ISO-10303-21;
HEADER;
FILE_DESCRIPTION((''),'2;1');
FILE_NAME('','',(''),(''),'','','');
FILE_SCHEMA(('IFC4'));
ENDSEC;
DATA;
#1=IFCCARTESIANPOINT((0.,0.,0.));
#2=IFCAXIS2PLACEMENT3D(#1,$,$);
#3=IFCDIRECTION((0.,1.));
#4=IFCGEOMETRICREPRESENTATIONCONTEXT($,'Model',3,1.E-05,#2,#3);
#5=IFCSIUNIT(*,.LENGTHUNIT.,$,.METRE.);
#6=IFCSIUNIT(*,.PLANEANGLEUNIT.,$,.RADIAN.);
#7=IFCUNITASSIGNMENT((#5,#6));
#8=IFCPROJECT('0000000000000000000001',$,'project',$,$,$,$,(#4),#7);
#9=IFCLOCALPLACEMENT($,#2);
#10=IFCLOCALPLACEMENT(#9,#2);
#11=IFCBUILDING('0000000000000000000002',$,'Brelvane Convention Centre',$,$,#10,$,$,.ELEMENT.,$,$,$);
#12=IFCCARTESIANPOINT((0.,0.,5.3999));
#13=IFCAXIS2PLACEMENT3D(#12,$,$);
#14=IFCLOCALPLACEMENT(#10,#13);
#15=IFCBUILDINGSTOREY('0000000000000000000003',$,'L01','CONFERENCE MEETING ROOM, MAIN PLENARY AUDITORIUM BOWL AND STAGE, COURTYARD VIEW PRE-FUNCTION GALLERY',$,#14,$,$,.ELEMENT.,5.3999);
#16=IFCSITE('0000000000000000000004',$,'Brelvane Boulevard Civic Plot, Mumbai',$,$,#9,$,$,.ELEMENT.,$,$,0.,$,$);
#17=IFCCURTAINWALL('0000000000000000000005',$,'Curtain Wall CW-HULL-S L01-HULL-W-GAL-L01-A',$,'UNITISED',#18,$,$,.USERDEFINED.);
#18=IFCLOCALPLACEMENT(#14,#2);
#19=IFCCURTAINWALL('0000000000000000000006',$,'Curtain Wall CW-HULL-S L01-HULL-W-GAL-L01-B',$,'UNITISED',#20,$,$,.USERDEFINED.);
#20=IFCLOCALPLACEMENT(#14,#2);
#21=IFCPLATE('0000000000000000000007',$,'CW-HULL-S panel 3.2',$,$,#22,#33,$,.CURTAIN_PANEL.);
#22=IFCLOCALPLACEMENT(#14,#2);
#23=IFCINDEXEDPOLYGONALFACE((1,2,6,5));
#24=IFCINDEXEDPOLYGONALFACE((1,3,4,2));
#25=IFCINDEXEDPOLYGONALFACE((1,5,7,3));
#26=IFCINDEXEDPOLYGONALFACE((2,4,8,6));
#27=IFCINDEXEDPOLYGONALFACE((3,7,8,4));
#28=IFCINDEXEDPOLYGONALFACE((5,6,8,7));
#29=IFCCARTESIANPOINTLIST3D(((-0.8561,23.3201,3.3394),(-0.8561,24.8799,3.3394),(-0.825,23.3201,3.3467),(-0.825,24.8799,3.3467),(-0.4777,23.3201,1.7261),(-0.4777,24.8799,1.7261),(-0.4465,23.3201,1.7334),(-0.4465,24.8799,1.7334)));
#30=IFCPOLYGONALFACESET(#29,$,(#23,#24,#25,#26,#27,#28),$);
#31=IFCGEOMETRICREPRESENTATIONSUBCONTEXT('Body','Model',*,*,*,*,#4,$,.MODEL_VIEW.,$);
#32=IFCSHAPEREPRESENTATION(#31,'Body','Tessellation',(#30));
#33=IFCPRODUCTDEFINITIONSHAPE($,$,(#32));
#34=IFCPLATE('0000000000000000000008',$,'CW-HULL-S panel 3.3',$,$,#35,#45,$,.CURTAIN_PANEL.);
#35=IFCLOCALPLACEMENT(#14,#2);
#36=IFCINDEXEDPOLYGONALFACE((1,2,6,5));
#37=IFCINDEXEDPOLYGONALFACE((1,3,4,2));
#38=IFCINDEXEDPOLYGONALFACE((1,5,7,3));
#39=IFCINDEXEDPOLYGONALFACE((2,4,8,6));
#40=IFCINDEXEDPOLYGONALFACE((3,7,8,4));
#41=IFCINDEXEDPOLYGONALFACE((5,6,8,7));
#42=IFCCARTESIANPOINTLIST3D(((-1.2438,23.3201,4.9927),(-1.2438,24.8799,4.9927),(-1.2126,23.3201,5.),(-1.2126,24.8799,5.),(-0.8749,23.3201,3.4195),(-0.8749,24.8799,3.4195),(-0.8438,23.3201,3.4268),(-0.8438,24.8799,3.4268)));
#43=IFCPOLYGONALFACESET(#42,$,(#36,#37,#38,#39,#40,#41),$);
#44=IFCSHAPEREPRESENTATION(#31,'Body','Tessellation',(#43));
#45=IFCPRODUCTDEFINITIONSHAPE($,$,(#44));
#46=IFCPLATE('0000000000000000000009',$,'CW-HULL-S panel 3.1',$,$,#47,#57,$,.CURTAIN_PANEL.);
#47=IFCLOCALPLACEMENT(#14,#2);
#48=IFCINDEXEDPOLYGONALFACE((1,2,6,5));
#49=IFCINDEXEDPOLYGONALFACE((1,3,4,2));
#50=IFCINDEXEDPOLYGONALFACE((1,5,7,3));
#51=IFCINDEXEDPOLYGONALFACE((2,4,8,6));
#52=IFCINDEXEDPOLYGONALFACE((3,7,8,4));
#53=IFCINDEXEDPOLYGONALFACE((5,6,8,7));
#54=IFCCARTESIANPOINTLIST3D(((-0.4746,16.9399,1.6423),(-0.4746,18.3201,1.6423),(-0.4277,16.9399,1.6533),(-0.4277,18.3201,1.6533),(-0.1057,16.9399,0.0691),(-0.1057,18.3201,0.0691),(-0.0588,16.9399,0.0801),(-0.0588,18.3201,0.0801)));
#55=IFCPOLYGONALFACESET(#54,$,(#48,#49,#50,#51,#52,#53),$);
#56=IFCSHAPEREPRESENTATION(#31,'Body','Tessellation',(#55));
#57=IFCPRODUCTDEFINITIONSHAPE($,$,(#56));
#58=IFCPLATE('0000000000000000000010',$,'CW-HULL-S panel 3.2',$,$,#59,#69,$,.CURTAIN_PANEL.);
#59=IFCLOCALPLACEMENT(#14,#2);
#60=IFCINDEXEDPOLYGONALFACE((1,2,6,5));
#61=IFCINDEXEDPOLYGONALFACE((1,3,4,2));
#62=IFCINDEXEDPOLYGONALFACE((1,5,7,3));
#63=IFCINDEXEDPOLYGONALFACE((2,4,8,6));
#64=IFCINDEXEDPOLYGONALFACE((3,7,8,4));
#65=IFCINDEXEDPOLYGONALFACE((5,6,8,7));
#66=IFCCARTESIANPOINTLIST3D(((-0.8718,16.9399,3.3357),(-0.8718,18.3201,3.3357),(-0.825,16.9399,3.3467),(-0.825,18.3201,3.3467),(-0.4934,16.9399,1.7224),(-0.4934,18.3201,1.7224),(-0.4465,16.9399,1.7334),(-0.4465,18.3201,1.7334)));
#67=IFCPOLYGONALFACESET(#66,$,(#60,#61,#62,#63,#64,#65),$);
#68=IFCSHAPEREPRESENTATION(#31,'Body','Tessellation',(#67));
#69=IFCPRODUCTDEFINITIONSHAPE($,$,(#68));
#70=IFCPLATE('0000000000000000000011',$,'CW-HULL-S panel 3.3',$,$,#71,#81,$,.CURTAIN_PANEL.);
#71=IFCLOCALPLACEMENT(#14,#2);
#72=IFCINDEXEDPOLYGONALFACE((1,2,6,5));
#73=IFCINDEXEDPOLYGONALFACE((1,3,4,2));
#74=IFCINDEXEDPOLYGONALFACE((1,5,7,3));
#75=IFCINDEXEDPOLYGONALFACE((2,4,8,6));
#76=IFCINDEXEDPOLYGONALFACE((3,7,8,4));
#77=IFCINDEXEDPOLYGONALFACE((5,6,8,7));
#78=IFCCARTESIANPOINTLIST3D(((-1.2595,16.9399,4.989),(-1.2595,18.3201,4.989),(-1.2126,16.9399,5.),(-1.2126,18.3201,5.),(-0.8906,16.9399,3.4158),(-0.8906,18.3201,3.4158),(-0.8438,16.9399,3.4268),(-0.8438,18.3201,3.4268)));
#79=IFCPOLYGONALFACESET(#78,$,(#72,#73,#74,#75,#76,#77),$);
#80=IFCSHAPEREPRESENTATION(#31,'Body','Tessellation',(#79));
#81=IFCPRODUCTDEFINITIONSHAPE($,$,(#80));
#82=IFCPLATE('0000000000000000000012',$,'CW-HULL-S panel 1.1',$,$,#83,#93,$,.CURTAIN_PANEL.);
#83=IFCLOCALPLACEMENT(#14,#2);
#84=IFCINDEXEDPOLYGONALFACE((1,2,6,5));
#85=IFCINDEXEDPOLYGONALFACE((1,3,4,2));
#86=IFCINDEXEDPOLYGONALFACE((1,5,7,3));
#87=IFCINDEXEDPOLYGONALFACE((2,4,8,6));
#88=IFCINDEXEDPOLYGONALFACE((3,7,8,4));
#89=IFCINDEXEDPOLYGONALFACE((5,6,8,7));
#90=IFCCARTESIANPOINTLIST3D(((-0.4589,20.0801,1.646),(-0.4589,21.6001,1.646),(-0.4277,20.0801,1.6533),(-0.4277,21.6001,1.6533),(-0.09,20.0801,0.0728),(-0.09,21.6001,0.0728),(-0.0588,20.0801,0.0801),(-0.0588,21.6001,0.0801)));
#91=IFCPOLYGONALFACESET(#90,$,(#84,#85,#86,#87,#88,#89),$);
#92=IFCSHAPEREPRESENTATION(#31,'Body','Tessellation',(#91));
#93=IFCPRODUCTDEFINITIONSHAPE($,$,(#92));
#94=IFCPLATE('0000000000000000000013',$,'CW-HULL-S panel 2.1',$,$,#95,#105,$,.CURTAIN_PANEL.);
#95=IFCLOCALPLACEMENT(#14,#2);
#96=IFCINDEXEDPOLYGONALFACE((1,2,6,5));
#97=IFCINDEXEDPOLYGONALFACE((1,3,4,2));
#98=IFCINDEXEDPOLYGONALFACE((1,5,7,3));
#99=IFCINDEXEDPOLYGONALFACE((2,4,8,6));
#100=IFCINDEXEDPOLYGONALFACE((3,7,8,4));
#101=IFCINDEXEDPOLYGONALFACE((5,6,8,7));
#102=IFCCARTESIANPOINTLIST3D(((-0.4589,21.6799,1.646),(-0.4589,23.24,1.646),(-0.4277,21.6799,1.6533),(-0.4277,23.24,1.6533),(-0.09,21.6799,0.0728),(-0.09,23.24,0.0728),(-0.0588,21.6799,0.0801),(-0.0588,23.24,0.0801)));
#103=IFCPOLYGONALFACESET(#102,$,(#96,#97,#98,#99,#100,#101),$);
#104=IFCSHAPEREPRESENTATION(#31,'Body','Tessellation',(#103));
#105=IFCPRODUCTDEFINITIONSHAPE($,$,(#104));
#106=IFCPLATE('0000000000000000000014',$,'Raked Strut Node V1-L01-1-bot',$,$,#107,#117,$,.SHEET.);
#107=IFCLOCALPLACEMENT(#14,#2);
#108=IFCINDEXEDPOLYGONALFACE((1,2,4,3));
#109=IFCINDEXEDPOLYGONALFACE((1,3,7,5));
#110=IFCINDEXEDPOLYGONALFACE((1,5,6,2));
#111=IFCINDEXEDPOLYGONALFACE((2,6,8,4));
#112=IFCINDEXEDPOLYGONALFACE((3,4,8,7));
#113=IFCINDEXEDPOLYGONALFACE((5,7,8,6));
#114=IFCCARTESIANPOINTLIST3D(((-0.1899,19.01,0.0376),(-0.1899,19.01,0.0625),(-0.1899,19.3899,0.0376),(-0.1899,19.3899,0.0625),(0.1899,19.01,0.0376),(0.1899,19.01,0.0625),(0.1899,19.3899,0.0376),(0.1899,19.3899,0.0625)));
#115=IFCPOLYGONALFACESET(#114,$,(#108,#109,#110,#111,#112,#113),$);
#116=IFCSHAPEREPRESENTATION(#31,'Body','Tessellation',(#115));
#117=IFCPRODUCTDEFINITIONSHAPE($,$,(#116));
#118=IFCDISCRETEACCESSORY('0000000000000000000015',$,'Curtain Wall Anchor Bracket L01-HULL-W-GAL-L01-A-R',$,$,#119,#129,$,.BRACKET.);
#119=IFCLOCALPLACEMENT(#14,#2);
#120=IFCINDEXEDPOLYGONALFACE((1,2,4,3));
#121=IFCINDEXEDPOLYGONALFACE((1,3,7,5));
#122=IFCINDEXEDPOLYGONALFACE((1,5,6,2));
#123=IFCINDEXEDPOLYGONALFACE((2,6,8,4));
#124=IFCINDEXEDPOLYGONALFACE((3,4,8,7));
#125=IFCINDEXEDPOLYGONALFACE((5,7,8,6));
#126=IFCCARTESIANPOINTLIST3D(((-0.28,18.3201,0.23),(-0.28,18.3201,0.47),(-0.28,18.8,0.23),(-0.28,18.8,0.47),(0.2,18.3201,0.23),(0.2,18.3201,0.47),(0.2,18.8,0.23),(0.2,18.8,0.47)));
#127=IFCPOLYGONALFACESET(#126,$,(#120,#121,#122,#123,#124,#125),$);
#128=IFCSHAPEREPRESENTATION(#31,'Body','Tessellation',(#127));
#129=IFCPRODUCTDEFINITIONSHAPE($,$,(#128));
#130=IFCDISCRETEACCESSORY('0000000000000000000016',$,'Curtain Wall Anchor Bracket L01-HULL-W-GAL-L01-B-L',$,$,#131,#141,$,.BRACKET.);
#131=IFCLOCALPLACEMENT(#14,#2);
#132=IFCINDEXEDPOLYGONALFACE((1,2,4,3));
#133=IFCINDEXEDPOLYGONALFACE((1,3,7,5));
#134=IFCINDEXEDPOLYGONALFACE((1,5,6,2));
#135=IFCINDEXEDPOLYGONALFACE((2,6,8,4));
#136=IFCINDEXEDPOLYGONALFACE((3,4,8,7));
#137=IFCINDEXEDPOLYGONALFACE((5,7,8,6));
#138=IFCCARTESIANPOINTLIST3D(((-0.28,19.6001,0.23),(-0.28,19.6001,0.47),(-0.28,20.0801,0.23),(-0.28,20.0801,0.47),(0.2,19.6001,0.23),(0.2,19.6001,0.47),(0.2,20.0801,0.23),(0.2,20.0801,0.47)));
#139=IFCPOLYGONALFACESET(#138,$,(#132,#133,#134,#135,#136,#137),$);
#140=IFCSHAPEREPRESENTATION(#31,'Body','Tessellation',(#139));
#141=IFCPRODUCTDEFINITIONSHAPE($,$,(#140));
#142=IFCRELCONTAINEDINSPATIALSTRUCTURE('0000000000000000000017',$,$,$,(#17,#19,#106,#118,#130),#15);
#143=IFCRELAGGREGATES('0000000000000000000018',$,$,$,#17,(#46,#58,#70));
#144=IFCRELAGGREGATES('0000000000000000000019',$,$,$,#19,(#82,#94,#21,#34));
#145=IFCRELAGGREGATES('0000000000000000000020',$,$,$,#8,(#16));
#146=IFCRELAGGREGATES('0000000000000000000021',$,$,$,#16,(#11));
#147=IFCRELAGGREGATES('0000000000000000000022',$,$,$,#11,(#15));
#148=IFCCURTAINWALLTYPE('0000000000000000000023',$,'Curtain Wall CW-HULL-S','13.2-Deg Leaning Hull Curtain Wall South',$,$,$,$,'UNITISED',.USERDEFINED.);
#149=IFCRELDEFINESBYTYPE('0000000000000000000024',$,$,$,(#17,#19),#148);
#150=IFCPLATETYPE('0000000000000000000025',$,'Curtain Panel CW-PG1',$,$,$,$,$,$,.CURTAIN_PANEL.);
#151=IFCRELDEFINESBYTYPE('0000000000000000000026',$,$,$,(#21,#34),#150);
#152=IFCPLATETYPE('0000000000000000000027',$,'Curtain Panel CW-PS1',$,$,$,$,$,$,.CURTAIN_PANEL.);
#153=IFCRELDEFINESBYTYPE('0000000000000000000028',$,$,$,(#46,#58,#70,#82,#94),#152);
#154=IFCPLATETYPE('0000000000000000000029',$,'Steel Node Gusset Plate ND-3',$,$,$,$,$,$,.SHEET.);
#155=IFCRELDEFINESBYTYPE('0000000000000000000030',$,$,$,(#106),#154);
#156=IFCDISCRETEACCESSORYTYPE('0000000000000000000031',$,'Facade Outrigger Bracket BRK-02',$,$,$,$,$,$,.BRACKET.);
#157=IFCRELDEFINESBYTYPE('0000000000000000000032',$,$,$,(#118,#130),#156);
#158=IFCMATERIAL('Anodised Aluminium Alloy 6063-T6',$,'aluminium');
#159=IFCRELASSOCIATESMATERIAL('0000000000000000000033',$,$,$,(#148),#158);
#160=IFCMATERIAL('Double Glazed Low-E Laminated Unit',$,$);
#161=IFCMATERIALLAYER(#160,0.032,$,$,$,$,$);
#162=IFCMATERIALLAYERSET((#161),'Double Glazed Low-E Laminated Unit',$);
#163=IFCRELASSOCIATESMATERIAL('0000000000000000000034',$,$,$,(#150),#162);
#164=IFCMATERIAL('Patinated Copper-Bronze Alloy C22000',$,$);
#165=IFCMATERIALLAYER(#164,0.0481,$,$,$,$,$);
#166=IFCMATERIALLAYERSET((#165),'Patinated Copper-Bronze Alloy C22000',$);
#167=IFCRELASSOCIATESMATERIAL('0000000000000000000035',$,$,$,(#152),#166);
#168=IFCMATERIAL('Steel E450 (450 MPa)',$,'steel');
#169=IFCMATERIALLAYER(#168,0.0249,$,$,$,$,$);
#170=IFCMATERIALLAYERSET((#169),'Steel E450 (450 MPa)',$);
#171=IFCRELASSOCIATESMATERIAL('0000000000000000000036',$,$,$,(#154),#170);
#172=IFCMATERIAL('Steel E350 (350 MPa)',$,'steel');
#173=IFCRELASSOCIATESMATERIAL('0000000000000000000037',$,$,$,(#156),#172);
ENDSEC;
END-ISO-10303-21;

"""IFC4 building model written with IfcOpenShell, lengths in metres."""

from ifc_helpers import new_model, si_unit, direction, frame, origin, origin_2d, place, context, subcontext, project, spatial, polyline, rectangle, outline, extrude, material, layer, layer_set, type_object, element, aggregate, save


model = new_model("IFC4")

# Units and contexts
model_context = context("Model", 3, precision=1e-05, world=origin(), true_north=direction((0.0, 1.0)))
body_context = subcontext(model_context, "Body", "Model", "MODEL_VIEW")
ifc_project = project(units=[si_unit("LENGTHUNIT", "METRE"), si_unit("PLANEANGLEUNIT", "RADIAN")], contexts=[model_context])

# Site, building, storey
site_placement = place(None, origin())
site = spatial("IfcSite", under=ifc_project, at=site_placement, Name="Brelvane Boulevard Civic Plot, Mumbai", CompositionType="ELEMENT", RefElevation=0.0)
building_placement = place(site_placement, origin())
building = spatial("IfcBuilding", under=site, at=building_placement, Name="Brelvane Convention Centre", CompositionType="ELEMENT")
storey_placement = place(building_placement, frame((0.0, 0.0, 5.3999)))
storey = spatial("IfcBuildingStorey", under=building, at=storey_placement, Name="L01", Description="CONFERENCE MEETING ROOM, MAIN PLENARY AUDITORIUM BOWL AND STAGE, COURTYARD VIEW PRE-FUNCTION GALLERY", CompositionType="ELEMENT", Elevation=5.3999)

# Curtain wall
ifc_material_1 = material(Name="Anodised Aluminium Alloy 6063-T6", Category="aluminium")
curtain_wall_type = type_object("IfcCurtainWallType", Name="Curtain Wall CW-HULL-S", Description="13.2-Deg Leaning Hull Curtain Wall South", ElementType="UNITISED", PredefinedType="USERDEFINED", material=ifc_material_1)
curtain_wall_1_placement = place(storey_placement, origin())
curtain_wall_1 = element("IfcCurtainWall", 1, at=curtain_wall_1_placement, inside=storey, type_object=curtain_wall_type, Name="Curtain Wall CW-HULL-S L01-HULL-W-GAL-L01-A", ObjectType="UNITISED", PredefinedType="USERDEFINED")

# Curtain wall
curtain_wall_2_placement = place(storey_placement, origin())
curtain_wall_2 = element("IfcCurtainWall", 2, at=curtain_wall_2_placement, inside=storey, type_object=curtain_wall_type, Name="Curtain Wall CW-HULL-S L01-HULL-W-GAL-L01-B", ObjectType="UNITISED", PredefinedType="USERDEFINED")

# Plates
ifc_material_2 = material(Name="Double Glazed Low-E Laminated Unit")
ifc_layer_1 = layer(ifc_material_2, 0.032)
ifc_layer_set_1 = layer_set([ifc_layer_1], Name="Double Glazed Low-E Laminated Unit")
plate_type_1 = type_object("IfcPlateType", Name="Curtain Panel CW-PG1", PredefinedType="CURTAIN_PANEL", material=ifc_layer_set_1)
plate_1_placement = place(storey_placement, frame((-0.4465, 23.3201, 1.7334), z_axis=(0.973575, 0.0, 0.228366), x_axis=(0.0, 1.0, 0.0)))
plate_1 = element("IfcPlate", 3, at=plate_1_placement, type_object=plate_type_1, Name="CW-HULL-S panel 3.2", PredefinedType="CURTAIN_PANEL", context=body_context, shape_type="SweptSolid", body=[
    extrude(outline(polyline([(0.0, 0.0), (1.5598, 0.0), (1.5598, 1.6571), (0.0, 1.6571), (0.0, 0.0)])), origin(), (0.0, 0.0, -1.0), 0.032),
])
plate_2_placement = place(storey_placement, frame((-0.8438, 23.3201, 3.4268), z_axis=(0.973593, 0.0, 0.22829), x_axis=(0.0, 1.0, 0.0)))
plate_2 = element("IfcPlate", 4, at=plate_2_placement, type_object=plate_type_1, Name="CW-HULL-S panel 3.3", PredefinedType="CURTAIN_PANEL", context=body_context, shape_type="SweptSolid", body=[
    extrude(outline(polyline([(0.0, 0.0), (1.5598, 0.0), (1.5598, 1.6159), (0.0, 1.6159), (0.0, 0.0)])), origin(), (0.0, 0.0, -1.0), 0.032),
])
ifc_material_3 = material(Name="Patinated Copper-Bronze Alloy C22000")
ifc_layer_2 = layer(ifc_material_3, 0.0481)
ifc_layer_set_2 = layer_set([ifc_layer_2], Name="Patinated Copper-Bronze Alloy C22000")
plate_type_2 = type_object("IfcPlateType", Name="Curtain Panel CW-PS1", PredefinedType="CURTAIN_PANEL", material=ifc_layer_set_2)
plate_3_placement = place(storey_placement, frame((-0.0588, 16.9399, 0.0801), z_axis=(0.973593, 0.0, 0.22829), x_axis=(0.0, 1.0, 0.0)))
plate_3 = element("IfcPlate", 5, at=plate_3_placement, type_object=plate_type_2, Name="CW-HULL-S panel 3.1", PredefinedType="CURTAIN_PANEL", context=body_context, shape_type="SweptSolid", body=[
    extrude(outline(polyline([(0.0, 0.0), (1.3801, 0.0), (1.3801, 1.6159), (0.0, 1.6159), (0.0, 0.0)])), origin(), (0.0, 0.0, -1.0), 0.0481),
])
plate_4_placement = place(storey_placement, frame((-0.4465, 16.9399, 1.7334), z_axis=(0.973575, 0.0, 0.228366), x_axis=(0.0, 1.0, 0.0)))
plate_4 = element("IfcPlate", 6, at=plate_4_placement, type_object=plate_type_2, Name="CW-HULL-S panel 3.2", PredefinedType="CURTAIN_PANEL", context=body_context, shape_type="SweptSolid", body=[
    extrude(outline(polyline([(0.0, 0.0), (1.3801, 0.0), (1.3801, 1.6571), (0.0, 1.6571), (0.0, 0.0)])), origin(), (0.0, 0.0, -1.0), 0.0481),
])
plate_5_placement = place(storey_placement, frame((-0.8438, 16.9399, 3.4268), z_axis=(0.973593, 0.0, 0.22829), x_axis=(0.0, 1.0, 0.0)))
plate_5 = element("IfcPlate", 7, at=plate_5_placement, type_object=plate_type_2, Name="CW-HULL-S panel 3.3", PredefinedType="CURTAIN_PANEL", context=body_context, shape_type="SweptSolid", body=[
    extrude(outline(polyline([(0.0, 0.0), (1.3801, 0.0), (1.3801, 1.6159), (0.0, 1.6159), (0.0, 0.0)])), origin(), (0.0, 0.0, -1.0), 0.0481),
])
aggregate(curtain_wall_1, [plate_3, plate_4, plate_5])
plate_6_placement = place(storey_placement, frame((-0.0588, 20.0801, 0.0801), z_axis=(0.973593, 0.0, 0.22829), x_axis=(0.0, 1.0, 0.0)))
plate_6 = element("IfcPlate", 8, at=plate_6_placement, type_object=plate_type_2, Name="CW-HULL-S panel 1.1", PredefinedType="CURTAIN_PANEL", context=body_context, shape_type="SweptSolid", body=[
    extrude(outline(polyline([(0.0, 0.0), (1.52, 0.0), (1.52, 1.6159), (0.0, 1.6159), (0.0, 0.0)])), origin(), (0.0, 0.0, -1.0), 0.032),
])
plate_7_placement = place(storey_placement, frame((-0.0588, 21.6799, 0.0801), z_axis=(0.973593, 0.0, 0.22829), x_axis=(0.0, 1.0, 0.0)))
plate_7 = element("IfcPlate", 9, at=plate_7_placement, type_object=plate_type_2, Name="CW-HULL-S panel 2.1", PredefinedType="CURTAIN_PANEL", context=body_context, shape_type="SweptSolid", body=[
    extrude(outline(polyline([(0.0, 0.0), (1.5601, 0.0), (1.5601, 1.6159), (0.0, 1.6159), (0.0, 0.0)])), origin(), (0.0, 0.0, -1.0), 0.032),
])
aggregate(curtain_wall_2, [plate_6, plate_7, plate_1, plate_2])
ifc_material_4 = material(Name="Steel E450 (450 MPa)", Category="steel")
ifc_layer_3 = layer(ifc_material_4, 0.0249)
ifc_layer_set_3 = layer_set([ifc_layer_3], Name="Steel E450 (450 MPa)")
plate_type_3 = type_object("IfcPlateType", Name="Steel Node Gusset Plate ND-3", PredefinedType="SHEET", material=ifc_layer_set_3)
plate_8_placement = place(storey_placement, frame((0.0, 19.2, 0.0376), z_axis=(0.0, 0.0, 1.0), x_axis=(1.0, 0.0, 0.0)))
element("IfcPlate", 10, at=plate_8_placement, inside=storey, type_object=plate_type_3, Name="Raked Strut Node V1-L01-1-bot", PredefinedType="SHEET", context=body_context, shape_type="SweptSolid", body=[
    extrude(rectangle(XDim=0.3799, YDim=0.3799, at=origin_2d()), origin(), (0.0, 0.0, 1.0), 0.0249),
])

# Discrete accessories
ifc_material_5 = material(Name="Steel E350 (350 MPa)", Category="steel")
discrete_accessory_type = type_object("IfcDiscreteAccessoryType", Name="Facade Outrigger Bracket BRK-02", PredefinedType="BRACKET", material=ifc_material_5)
for number, where, z_axis, x_axis, name in (
    (11, (-0.04, 18.5601, 0.23), (0.0, 0.0, 1.0), (1.0, 0.0, 0.0), "Curtain Wall Anchor Bracket L01-HULL-W-GAL-L01-A-R"),
    (12, (-0.04, 19.8401, 0.23), (0.0, 0.0, 1.0), (1.0, 0.0, 0.0), "Curtain Wall Anchor Bracket L01-HULL-W-GAL-L01-B-L"),
):
    element("IfcDiscreteAccessory", number, at=place(storey_placement, frame(where, z_axis=z_axis, x_axis=x_axis)), inside=storey, type_object=discrete_accessory_type, Name=name, PredefinedType="BRACKET", context=body_context, shape_type="SweptSolid", body=[
        extrude(rectangle(XDim=0.48, YDim=0.48, at=origin_2d()), origin(), (0.0, 0.0, 1.0), 0.24),
    ])

save(model, "model.ifc")
